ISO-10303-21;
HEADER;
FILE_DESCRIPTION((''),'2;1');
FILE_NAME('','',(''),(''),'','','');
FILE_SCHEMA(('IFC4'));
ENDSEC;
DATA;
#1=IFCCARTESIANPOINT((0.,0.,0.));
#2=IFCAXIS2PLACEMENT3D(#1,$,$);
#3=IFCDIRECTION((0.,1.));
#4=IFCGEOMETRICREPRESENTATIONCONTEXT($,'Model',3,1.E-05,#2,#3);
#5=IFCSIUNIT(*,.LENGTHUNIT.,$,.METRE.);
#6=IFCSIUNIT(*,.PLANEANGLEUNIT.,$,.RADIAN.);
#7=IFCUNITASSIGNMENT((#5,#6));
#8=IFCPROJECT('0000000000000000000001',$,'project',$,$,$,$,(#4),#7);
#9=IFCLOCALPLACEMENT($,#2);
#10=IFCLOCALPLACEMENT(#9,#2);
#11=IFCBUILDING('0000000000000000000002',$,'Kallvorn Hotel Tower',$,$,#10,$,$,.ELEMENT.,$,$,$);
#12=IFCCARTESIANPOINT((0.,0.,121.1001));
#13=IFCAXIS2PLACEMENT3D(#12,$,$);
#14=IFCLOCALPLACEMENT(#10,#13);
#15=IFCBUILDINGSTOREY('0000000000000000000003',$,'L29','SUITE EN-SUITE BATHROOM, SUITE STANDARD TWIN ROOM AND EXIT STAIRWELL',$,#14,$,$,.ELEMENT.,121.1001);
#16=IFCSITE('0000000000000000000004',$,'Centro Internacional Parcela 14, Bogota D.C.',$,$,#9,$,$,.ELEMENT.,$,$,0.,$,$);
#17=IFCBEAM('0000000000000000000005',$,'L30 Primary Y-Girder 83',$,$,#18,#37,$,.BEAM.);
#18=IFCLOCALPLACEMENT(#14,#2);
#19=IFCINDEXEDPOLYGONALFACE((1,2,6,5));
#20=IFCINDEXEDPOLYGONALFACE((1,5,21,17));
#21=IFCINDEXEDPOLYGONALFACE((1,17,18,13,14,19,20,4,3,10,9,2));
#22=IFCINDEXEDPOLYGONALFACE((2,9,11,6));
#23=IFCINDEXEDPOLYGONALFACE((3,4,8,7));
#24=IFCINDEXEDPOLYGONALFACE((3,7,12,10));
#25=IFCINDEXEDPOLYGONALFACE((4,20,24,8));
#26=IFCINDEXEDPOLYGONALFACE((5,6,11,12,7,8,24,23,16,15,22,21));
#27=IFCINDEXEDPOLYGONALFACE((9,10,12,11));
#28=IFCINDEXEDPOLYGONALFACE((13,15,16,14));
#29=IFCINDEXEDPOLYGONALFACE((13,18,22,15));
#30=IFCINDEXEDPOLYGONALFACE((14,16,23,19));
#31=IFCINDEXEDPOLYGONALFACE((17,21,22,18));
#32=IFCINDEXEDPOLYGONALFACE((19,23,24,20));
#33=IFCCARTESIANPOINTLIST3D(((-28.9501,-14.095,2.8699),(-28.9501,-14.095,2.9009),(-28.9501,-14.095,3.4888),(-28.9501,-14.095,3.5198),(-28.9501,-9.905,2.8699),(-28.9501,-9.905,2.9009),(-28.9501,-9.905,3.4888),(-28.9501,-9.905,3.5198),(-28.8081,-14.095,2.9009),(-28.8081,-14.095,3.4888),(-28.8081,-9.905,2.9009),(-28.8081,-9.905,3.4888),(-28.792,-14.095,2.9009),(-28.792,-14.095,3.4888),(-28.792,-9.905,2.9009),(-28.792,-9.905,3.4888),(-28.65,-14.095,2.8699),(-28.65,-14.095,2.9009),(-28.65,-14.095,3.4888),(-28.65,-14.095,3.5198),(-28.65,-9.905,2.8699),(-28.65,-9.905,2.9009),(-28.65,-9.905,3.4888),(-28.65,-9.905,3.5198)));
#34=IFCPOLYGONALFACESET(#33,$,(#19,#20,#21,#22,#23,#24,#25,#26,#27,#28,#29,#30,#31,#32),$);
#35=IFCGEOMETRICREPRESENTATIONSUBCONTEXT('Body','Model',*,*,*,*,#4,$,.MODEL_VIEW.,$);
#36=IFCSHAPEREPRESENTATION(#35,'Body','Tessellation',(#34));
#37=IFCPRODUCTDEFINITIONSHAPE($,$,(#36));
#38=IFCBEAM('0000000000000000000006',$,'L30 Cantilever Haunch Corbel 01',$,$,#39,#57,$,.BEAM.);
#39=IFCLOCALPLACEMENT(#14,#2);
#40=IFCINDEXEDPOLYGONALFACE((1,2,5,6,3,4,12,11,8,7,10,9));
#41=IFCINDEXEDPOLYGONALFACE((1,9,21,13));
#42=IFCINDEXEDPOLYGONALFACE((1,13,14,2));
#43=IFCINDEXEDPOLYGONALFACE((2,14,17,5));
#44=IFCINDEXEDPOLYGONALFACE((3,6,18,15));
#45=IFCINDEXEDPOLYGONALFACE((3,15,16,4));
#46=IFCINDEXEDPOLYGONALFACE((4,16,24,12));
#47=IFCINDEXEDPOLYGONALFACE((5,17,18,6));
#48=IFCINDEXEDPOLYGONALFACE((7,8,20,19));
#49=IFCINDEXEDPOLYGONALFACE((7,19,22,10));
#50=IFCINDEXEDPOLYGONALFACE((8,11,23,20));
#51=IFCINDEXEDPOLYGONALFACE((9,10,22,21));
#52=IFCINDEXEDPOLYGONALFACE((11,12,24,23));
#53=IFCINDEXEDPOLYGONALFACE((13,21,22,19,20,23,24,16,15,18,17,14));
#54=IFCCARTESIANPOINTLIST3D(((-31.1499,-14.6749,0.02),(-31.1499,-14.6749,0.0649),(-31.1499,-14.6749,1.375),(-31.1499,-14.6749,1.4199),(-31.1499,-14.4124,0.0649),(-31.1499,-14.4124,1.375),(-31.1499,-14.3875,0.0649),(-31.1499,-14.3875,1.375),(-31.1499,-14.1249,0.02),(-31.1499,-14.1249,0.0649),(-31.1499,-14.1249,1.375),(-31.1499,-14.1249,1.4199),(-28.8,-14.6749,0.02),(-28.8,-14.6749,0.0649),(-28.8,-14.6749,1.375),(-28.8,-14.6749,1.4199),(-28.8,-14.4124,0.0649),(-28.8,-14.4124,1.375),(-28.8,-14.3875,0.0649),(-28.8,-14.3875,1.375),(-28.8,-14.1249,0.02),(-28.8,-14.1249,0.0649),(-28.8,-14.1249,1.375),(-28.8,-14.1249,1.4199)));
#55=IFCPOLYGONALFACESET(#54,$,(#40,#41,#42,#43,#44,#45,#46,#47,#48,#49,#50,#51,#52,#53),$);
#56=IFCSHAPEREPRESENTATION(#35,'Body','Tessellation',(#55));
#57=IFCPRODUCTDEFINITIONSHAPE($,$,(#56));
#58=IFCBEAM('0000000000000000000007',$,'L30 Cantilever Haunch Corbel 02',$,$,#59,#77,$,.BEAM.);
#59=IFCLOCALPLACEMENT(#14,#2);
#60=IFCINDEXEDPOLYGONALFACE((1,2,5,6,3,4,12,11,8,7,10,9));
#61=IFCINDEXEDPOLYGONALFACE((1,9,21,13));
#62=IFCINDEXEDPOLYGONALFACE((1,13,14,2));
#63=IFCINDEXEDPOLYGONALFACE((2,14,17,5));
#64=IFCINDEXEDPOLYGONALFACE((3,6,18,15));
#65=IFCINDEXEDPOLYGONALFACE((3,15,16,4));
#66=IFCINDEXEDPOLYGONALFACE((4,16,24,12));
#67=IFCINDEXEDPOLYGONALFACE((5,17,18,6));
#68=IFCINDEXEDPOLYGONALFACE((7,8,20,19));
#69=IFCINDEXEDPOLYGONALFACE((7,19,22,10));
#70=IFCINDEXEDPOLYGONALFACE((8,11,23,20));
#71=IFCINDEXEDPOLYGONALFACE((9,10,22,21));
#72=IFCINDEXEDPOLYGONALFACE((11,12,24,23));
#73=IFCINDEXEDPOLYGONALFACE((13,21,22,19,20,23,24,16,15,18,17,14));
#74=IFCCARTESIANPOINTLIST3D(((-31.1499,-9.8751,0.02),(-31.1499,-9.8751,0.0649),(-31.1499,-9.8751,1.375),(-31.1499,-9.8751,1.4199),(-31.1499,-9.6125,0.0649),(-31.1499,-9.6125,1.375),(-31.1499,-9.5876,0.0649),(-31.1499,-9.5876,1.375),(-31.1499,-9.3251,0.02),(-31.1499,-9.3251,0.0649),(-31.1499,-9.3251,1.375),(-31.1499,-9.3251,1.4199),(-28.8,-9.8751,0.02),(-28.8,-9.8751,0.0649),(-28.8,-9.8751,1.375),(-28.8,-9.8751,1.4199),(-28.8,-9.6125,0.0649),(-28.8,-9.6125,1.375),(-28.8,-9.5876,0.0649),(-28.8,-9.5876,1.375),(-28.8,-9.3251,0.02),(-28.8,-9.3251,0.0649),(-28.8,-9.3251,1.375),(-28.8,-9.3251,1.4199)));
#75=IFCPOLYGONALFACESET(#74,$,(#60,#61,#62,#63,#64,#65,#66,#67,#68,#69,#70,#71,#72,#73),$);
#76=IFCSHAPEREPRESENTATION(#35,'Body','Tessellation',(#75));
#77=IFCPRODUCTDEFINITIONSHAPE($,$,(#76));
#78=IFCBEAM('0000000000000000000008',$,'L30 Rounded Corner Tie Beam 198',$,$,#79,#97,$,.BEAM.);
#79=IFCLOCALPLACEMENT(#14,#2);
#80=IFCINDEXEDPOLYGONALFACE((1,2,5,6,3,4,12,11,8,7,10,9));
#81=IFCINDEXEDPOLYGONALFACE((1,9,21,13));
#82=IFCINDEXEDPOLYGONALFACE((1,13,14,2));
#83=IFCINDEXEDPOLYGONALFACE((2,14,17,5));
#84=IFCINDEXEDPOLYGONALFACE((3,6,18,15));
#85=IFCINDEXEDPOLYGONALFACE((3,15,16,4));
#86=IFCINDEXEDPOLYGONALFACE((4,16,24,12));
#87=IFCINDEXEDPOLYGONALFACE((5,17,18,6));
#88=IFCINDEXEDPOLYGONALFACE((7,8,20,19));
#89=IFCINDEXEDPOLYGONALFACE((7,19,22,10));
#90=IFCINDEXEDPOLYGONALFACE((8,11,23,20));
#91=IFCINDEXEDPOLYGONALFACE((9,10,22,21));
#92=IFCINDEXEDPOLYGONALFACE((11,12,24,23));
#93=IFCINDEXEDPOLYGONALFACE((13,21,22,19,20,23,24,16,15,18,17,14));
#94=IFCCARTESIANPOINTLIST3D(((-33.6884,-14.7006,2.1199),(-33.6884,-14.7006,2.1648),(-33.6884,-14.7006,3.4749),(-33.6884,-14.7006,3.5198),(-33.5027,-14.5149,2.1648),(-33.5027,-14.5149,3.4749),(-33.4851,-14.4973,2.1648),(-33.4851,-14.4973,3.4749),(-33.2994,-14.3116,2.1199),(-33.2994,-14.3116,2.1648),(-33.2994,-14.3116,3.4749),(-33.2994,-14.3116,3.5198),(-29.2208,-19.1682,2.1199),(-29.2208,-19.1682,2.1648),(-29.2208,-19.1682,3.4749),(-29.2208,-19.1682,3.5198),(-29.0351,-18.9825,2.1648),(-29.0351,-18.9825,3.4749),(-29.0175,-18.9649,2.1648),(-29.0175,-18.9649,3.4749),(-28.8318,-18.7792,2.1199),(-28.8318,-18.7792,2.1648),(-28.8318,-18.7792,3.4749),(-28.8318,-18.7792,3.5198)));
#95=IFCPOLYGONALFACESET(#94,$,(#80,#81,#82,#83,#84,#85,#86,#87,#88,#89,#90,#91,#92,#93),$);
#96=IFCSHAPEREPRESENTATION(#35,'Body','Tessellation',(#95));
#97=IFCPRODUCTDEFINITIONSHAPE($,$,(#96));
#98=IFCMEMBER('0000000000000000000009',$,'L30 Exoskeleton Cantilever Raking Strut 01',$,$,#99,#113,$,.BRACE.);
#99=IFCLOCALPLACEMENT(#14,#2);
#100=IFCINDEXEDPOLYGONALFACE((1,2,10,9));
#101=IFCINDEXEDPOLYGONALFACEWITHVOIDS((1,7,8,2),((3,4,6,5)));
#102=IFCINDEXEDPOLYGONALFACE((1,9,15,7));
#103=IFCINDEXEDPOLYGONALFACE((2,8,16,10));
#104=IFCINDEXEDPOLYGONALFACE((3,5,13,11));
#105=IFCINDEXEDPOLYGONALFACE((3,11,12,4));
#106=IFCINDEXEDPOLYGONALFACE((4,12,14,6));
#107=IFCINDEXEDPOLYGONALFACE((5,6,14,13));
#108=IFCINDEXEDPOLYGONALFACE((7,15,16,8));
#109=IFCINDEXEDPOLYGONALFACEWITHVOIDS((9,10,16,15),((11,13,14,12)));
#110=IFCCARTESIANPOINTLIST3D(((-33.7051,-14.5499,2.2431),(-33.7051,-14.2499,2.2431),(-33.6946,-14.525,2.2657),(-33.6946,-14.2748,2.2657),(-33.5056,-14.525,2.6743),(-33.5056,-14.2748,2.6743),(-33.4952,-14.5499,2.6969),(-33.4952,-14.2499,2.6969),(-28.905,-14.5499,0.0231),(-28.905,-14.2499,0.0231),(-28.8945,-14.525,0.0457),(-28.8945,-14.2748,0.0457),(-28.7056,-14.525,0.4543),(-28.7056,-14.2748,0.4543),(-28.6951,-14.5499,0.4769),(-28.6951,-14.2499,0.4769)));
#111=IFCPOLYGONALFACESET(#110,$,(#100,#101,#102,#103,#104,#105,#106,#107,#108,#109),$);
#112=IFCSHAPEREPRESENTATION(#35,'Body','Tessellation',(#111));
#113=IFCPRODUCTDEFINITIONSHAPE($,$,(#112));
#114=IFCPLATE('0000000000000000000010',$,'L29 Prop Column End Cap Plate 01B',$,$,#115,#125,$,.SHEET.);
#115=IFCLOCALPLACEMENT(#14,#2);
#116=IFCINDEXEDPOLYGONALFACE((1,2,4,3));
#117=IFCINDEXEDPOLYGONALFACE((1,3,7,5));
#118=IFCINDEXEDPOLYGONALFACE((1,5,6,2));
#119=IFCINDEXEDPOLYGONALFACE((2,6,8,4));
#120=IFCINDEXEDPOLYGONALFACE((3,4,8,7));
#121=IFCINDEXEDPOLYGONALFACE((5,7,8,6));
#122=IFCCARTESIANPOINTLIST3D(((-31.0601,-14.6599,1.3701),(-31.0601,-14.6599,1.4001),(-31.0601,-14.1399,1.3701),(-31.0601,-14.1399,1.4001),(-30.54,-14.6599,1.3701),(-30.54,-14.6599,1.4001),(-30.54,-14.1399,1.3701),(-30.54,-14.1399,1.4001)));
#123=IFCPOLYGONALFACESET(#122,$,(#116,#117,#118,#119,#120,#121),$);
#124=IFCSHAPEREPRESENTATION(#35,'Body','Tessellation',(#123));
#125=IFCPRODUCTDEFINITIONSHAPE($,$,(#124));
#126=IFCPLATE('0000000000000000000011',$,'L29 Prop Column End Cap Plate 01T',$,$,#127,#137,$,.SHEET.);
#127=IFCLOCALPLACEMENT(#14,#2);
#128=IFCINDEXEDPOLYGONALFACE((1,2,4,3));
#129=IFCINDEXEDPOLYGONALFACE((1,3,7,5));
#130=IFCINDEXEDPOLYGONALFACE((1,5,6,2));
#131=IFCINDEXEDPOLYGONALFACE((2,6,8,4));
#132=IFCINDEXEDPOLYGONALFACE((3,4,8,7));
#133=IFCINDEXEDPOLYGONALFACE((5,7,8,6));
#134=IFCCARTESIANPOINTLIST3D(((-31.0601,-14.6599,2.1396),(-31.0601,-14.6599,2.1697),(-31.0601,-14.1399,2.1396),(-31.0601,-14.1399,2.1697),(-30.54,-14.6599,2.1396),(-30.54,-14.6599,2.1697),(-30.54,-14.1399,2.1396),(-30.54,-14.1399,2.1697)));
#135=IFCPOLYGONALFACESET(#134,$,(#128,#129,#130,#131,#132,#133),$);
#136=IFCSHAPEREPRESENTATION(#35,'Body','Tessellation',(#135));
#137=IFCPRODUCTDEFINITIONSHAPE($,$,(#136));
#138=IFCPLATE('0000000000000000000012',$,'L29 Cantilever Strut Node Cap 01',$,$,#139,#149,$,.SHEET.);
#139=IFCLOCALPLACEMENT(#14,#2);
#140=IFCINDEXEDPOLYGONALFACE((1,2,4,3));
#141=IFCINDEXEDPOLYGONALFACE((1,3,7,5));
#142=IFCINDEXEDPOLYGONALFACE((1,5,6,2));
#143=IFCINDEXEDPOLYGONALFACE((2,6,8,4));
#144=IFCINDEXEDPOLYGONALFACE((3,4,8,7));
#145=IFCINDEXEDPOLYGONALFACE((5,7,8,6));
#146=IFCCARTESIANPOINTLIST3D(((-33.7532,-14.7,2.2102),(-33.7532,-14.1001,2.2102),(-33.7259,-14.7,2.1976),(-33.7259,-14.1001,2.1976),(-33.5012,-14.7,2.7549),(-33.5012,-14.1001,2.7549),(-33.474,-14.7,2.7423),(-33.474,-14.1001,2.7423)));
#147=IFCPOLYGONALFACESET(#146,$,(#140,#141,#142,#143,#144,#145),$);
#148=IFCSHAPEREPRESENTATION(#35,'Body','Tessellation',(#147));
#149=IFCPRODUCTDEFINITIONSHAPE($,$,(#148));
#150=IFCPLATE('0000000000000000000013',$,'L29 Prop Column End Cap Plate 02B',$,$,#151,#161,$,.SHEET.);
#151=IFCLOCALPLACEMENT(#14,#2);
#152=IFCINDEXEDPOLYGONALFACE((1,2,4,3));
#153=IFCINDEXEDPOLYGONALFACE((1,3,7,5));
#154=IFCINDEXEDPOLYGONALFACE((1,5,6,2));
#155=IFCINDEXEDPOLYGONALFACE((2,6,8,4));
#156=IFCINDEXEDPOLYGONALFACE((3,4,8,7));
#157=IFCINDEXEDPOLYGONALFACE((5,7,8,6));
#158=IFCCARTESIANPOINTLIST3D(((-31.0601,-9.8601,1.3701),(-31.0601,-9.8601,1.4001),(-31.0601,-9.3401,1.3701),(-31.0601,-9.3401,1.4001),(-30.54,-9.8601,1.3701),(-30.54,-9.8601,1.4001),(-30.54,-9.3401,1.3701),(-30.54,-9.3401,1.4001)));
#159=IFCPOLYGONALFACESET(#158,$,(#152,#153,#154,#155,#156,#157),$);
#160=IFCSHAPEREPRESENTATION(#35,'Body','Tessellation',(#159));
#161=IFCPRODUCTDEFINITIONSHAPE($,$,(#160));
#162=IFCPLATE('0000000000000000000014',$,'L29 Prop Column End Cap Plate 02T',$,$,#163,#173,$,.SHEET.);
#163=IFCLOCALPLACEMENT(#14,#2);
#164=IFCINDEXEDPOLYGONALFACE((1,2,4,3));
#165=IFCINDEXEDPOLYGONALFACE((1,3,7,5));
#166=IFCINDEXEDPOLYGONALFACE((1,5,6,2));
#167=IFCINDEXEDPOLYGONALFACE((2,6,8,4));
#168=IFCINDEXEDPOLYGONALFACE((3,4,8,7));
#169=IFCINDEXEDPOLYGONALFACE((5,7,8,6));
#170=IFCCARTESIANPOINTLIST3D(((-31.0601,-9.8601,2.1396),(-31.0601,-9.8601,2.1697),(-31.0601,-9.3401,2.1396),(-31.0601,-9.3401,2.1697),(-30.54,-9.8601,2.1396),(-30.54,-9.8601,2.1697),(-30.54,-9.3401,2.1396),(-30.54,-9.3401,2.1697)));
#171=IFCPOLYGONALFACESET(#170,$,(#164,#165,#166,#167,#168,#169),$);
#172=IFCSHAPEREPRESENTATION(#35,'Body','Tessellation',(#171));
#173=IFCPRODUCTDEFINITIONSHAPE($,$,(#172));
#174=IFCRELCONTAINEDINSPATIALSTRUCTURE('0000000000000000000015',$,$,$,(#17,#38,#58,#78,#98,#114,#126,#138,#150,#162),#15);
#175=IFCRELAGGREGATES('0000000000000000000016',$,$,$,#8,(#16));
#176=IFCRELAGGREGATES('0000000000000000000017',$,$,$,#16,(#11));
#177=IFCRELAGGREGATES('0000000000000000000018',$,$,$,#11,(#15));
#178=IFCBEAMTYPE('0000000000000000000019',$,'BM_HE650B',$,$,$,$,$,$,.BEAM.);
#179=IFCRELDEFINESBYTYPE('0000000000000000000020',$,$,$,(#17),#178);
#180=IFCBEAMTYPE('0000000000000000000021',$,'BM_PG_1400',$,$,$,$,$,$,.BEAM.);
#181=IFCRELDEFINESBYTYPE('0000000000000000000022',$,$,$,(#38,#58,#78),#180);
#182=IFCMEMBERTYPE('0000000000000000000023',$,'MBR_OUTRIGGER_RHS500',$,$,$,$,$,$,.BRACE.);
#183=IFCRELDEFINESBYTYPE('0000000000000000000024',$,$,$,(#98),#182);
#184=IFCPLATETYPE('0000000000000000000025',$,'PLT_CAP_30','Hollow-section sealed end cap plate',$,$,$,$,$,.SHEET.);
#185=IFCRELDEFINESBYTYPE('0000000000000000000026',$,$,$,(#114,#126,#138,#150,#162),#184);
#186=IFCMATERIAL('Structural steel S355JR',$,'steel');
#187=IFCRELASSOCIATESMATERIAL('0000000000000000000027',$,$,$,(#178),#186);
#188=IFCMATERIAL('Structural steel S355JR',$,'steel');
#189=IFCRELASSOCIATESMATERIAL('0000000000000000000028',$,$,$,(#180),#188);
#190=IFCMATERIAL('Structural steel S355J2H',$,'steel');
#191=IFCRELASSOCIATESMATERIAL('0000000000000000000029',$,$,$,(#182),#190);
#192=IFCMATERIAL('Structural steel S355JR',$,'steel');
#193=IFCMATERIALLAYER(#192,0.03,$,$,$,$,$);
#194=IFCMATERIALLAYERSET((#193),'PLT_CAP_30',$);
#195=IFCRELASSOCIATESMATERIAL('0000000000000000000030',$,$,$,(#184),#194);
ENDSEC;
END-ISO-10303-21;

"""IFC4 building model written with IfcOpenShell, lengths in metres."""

from ifc_helpers import new_model, si_unit, direction, frame, origin, origin_2d, place, context, subcontext, project, spatial, polyline, rectangle, hollow_rectangle, i_section, outline, extrude, material, layer, layer_set, material_profile, profile_set, type_object, element, save


model = new_model("IFC4")

# Units and contexts
model_context = context("Model", 3, precision=1e-05, world=origin(), true_north=direction((0.0, 1.0)))
body_context = subcontext(model_context, "Body", "Model", "MODEL_VIEW")
ifc_project = project(units=[si_unit("LENGTHUNIT", "METRE"), si_unit("PLANEANGLEUNIT", "RADIAN")], contexts=[model_context])

# Site, building, storey
site_placement = place(None, origin())
site = spatial("IfcSite", under=ifc_project, at=site_placement, Name="Centro Internacional Parcela 14, Bogota D.C.", CompositionType="ELEMENT", RefElevation=0.0)
building_placement = place(site_placement, origin())
building = spatial("IfcBuilding", under=site, at=building_placement, Name="Kallvorn Hotel Tower", CompositionType="ELEMENT")
storey_placement = place(building_placement, frame((0.0, 0.0, 121.1001)))
storey = spatial("IfcBuildingStorey", under=building, at=storey_placement, Name="L29", Description="SUITE EN-SUITE BATHROOM, SUITE STANDARD TWIN ROOM AND EXIT STAIRWELL", CompositionType="ELEMENT", Elevation=121.1001)

# Beams
ifc_material_1 = material(Name="Structural steel S355JR", Category="steel")
ifc_material_profile_1 = material_profile(ifc_material_1, i_section(OverallWidth=0.3, OverallDepth=0.6499, WebThickness=0.0161, FlangeThickness=0.031, at=origin_2d()), Name="HE 650 B")
ifc_profile_set_1 = profile_set([ifc_material_profile_1], Name="Structural steel S355JR")
beam_type_1 = type_object("IfcBeamType", Name="BM_HE650B", PredefinedType="BEAM", material=ifc_profile_set_1)
for number, where, z_axis, x_axis, name in (
    (1, (-28.8, -14.095, 3.1948), (0.0, 1.0, 0.0), (-1.0, 0.0, 0.0), "L30 Primary Y-Girder 83"),
):
    element("IfcBeam", number, at=place(storey_placement, frame(where, z_axis=z_axis, x_axis=x_axis)), inside=storey, type_object=beam_type_1, Name=name, PredefinedType="BEAM", context=body_context, shape_type="SweptSolid", body=[
        extrude(i_section(OverallWidth=0.3, OverallDepth=0.6499, WebThickness=0.0161, FlangeThickness=0.031, at=origin_2d()), origin(), (0.0, 0.0, 1.0), 4.1899),
    ])
ifc_material_2 = material(Name="Structural steel S355JR", Category="steel")
ifc_material_profile_2 = material_profile(ifc_material_2, i_section(OverallWidth=0.55, OverallDepth=1.3999, WebThickness=0.0249, FlangeThickness=0.0449, at=origin_2d()), Name="PG 1400x550x25x45")
ifc_profile_set_2 = profile_set([ifc_material_profile_2], Name="Structural steel S355JR")
beam_type_2 = type_object("IfcBeamType", Name="BM_PG_1400", PredefinedType="BEAM", material=ifc_profile_set_2)
for number, where, z_axis, x_axis, name in (
    (2, (-28.8, -14.3999, 0.72), (-1.0, 0.0, 0.0), (0.0, -1.0, 0.0), "L30 Cantilever Haunch Corbel 01"),
    (3, (-28.8, -9.6001, 0.72), (-1.0, 0.0, 0.0), (0.0, -1.0, 0.0), "L30 Cantilever Haunch Corbel 02"),
):
    element("IfcBeam", number, at=place(storey_placement, frame(where, z_axis=z_axis, x_axis=x_axis)), inside=storey, type_object=beam_type_2, Name=name, PredefinedType="BEAM", context=body_context, shape_type="SweptSolid", body=[
        extrude(i_section(OverallWidth=0.55, OverallDepth=1.3999, WebThickness=0.0249, FlangeThickness=0.0449, at=origin_2d()), origin(), (0.0, 0.0, 1.0), 2.3499),
    ])
beam_1_placement = place(storey_placement, frame((-33.4939, -14.5061, 2.8198), z_axis=(0.707107, -0.707107, 0.0), x_axis=(0.707107, 0.707107, 0.0)))
element("IfcBeam", 4, at=beam_1_placement, inside=storey, type_object=beam_type_2, Name="L30 Rounded Corner Tie Beam 198", PredefinedType="BEAM", context=body_context, shape_type="SweptSolid", body=[
    extrude(i_section(OverallWidth=0.55, OverallDepth=1.3999, WebThickness=0.0249, FlangeThickness=0.0449, at=origin_2d()), origin(), (0.0, 0.0, 1.0), 6.3181),
])

# Member
ifc_material_3 = material(Name="Structural steel S355J2H", Category="steel")
ifc_material_profile_3 = material_profile(ifc_material_3, hollow_rectangle(XDim=0.3, YDim=0.5, WallThickness=0.0249, at=origin_2d()), Name="RHS 500x300x25")
ifc_profile_set_3 = profile_set([ifc_material_profile_3], Name="Structural steel S355J2H")
member_type = type_object("IfcMemberType", Name="MBR_OUTRIGGER_RHS500", PredefinedType="BRACE", material=ifc_profile_set_3)
member_placement = place(storey_placement, frame((-28.8, -14.3999, 0.25), z_axis=(-0.907631, 0.0, 0.419769), x_axis=(0.0, -1.0, 0.0)))
element("IfcMember", 5, at=member_placement, inside=storey, type_object=member_type, Name="L30 Exoskeleton Cantilever Raking Strut 01", PredefinedType="BRACE", context=body_context, shape_type="SweptSolid", body=[
    extrude(hollow_rectangle(XDim=0.3, YDim=0.5, WallThickness=0.0249, at=origin_2d()), origin(), (0.0, 0.0, 1.0), 5.2886),
])

# Plates
ifc_material_4 = material(Name="Structural steel S355JR", Category="steel")
ifc_layer = layer(ifc_material_4, 0.03)
ifc_layer_set = layer_set([ifc_layer], Name="PLT_CAP_30")
plate_type = type_object("IfcPlateType", Name="PLT_CAP_30", Description="Hollow-section sealed end cap plate", PredefinedType="SHEET", material=ifc_layer_set)
for number, where, z_axis, x_axis, name in (
    (6, (-30.8, -14.3999, 1.3701), (0.0, 0.0, 1.0), (1.0, 0.0, 0.0), "L29 Prop Column End Cap Plate 01B"),
    (7, (-30.8, -14.3999, 2.1396), (0.0, 0.0, 1.0), (1.0, 0.0, 0.0), "L29 Prop Column End Cap Plate 01T"),
):
    element("IfcPlate", number, at=place(storey_placement, frame(where, z_axis=z_axis, x_axis=x_axis)), inside=storey, type_object=plate_type, Name=name, PredefinedType="SHEET", context=body_context, shape_type="SweptSolid", body=[
        extrude(rectangle(XDim=0.52, YDim=0.52, at=origin_2d()), origin(), (0.0, 0.0, 1.0), 0.03),
    ])
plate_placement = place(storey_placement, frame((-33.7532, -14.1001, 2.2102), z_axis=(-0.907602, 0.0, 0.419832), x_axis=(0.0, -1.0, 0.0)))
element("IfcPlate", 8, at=plate_placement, inside=storey, type_object=plate_type, Name="L29 Cantilever Strut Node Cap 01", PredefinedType="SHEET", context=body_context, shape_type="SweptSolid", body=[
    extrude(outline(polyline([(0.0, 0.0), (0.5999, 0.0), (0.5999, 0.6001), (0.0, 0.6001), (0.0, 0.0)])), origin(), (0.0, 0.0, -1.0), 0.03),
])
for number, where, z_axis, x_axis, name in (
    (9, (-30.8, -9.6001, 1.3701), (0.0, 0.0, 1.0), (1.0, 0.0, 0.0), "L29 Prop Column End Cap Plate 02B"),
    (10, (-30.8, -9.6001, 2.1396), (0.0, 0.0, 1.0), (1.0, 0.0, 0.0), "L29 Prop Column End Cap Plate 02T"),
):
    element("IfcPlate", number, at=place(storey_placement, frame(where, z_axis=z_axis, x_axis=x_axis)), inside=storey, type_object=plate_type, Name=name, PredefinedType="SHEET", context=body_context, shape_type="SweptSolid", body=[
        extrude(rectangle(XDim=0.52, YDim=0.52, at=origin_2d()), origin(), (0.0, 0.0, 1.0), 0.03),
    ])

save(model, "model.ifc")
